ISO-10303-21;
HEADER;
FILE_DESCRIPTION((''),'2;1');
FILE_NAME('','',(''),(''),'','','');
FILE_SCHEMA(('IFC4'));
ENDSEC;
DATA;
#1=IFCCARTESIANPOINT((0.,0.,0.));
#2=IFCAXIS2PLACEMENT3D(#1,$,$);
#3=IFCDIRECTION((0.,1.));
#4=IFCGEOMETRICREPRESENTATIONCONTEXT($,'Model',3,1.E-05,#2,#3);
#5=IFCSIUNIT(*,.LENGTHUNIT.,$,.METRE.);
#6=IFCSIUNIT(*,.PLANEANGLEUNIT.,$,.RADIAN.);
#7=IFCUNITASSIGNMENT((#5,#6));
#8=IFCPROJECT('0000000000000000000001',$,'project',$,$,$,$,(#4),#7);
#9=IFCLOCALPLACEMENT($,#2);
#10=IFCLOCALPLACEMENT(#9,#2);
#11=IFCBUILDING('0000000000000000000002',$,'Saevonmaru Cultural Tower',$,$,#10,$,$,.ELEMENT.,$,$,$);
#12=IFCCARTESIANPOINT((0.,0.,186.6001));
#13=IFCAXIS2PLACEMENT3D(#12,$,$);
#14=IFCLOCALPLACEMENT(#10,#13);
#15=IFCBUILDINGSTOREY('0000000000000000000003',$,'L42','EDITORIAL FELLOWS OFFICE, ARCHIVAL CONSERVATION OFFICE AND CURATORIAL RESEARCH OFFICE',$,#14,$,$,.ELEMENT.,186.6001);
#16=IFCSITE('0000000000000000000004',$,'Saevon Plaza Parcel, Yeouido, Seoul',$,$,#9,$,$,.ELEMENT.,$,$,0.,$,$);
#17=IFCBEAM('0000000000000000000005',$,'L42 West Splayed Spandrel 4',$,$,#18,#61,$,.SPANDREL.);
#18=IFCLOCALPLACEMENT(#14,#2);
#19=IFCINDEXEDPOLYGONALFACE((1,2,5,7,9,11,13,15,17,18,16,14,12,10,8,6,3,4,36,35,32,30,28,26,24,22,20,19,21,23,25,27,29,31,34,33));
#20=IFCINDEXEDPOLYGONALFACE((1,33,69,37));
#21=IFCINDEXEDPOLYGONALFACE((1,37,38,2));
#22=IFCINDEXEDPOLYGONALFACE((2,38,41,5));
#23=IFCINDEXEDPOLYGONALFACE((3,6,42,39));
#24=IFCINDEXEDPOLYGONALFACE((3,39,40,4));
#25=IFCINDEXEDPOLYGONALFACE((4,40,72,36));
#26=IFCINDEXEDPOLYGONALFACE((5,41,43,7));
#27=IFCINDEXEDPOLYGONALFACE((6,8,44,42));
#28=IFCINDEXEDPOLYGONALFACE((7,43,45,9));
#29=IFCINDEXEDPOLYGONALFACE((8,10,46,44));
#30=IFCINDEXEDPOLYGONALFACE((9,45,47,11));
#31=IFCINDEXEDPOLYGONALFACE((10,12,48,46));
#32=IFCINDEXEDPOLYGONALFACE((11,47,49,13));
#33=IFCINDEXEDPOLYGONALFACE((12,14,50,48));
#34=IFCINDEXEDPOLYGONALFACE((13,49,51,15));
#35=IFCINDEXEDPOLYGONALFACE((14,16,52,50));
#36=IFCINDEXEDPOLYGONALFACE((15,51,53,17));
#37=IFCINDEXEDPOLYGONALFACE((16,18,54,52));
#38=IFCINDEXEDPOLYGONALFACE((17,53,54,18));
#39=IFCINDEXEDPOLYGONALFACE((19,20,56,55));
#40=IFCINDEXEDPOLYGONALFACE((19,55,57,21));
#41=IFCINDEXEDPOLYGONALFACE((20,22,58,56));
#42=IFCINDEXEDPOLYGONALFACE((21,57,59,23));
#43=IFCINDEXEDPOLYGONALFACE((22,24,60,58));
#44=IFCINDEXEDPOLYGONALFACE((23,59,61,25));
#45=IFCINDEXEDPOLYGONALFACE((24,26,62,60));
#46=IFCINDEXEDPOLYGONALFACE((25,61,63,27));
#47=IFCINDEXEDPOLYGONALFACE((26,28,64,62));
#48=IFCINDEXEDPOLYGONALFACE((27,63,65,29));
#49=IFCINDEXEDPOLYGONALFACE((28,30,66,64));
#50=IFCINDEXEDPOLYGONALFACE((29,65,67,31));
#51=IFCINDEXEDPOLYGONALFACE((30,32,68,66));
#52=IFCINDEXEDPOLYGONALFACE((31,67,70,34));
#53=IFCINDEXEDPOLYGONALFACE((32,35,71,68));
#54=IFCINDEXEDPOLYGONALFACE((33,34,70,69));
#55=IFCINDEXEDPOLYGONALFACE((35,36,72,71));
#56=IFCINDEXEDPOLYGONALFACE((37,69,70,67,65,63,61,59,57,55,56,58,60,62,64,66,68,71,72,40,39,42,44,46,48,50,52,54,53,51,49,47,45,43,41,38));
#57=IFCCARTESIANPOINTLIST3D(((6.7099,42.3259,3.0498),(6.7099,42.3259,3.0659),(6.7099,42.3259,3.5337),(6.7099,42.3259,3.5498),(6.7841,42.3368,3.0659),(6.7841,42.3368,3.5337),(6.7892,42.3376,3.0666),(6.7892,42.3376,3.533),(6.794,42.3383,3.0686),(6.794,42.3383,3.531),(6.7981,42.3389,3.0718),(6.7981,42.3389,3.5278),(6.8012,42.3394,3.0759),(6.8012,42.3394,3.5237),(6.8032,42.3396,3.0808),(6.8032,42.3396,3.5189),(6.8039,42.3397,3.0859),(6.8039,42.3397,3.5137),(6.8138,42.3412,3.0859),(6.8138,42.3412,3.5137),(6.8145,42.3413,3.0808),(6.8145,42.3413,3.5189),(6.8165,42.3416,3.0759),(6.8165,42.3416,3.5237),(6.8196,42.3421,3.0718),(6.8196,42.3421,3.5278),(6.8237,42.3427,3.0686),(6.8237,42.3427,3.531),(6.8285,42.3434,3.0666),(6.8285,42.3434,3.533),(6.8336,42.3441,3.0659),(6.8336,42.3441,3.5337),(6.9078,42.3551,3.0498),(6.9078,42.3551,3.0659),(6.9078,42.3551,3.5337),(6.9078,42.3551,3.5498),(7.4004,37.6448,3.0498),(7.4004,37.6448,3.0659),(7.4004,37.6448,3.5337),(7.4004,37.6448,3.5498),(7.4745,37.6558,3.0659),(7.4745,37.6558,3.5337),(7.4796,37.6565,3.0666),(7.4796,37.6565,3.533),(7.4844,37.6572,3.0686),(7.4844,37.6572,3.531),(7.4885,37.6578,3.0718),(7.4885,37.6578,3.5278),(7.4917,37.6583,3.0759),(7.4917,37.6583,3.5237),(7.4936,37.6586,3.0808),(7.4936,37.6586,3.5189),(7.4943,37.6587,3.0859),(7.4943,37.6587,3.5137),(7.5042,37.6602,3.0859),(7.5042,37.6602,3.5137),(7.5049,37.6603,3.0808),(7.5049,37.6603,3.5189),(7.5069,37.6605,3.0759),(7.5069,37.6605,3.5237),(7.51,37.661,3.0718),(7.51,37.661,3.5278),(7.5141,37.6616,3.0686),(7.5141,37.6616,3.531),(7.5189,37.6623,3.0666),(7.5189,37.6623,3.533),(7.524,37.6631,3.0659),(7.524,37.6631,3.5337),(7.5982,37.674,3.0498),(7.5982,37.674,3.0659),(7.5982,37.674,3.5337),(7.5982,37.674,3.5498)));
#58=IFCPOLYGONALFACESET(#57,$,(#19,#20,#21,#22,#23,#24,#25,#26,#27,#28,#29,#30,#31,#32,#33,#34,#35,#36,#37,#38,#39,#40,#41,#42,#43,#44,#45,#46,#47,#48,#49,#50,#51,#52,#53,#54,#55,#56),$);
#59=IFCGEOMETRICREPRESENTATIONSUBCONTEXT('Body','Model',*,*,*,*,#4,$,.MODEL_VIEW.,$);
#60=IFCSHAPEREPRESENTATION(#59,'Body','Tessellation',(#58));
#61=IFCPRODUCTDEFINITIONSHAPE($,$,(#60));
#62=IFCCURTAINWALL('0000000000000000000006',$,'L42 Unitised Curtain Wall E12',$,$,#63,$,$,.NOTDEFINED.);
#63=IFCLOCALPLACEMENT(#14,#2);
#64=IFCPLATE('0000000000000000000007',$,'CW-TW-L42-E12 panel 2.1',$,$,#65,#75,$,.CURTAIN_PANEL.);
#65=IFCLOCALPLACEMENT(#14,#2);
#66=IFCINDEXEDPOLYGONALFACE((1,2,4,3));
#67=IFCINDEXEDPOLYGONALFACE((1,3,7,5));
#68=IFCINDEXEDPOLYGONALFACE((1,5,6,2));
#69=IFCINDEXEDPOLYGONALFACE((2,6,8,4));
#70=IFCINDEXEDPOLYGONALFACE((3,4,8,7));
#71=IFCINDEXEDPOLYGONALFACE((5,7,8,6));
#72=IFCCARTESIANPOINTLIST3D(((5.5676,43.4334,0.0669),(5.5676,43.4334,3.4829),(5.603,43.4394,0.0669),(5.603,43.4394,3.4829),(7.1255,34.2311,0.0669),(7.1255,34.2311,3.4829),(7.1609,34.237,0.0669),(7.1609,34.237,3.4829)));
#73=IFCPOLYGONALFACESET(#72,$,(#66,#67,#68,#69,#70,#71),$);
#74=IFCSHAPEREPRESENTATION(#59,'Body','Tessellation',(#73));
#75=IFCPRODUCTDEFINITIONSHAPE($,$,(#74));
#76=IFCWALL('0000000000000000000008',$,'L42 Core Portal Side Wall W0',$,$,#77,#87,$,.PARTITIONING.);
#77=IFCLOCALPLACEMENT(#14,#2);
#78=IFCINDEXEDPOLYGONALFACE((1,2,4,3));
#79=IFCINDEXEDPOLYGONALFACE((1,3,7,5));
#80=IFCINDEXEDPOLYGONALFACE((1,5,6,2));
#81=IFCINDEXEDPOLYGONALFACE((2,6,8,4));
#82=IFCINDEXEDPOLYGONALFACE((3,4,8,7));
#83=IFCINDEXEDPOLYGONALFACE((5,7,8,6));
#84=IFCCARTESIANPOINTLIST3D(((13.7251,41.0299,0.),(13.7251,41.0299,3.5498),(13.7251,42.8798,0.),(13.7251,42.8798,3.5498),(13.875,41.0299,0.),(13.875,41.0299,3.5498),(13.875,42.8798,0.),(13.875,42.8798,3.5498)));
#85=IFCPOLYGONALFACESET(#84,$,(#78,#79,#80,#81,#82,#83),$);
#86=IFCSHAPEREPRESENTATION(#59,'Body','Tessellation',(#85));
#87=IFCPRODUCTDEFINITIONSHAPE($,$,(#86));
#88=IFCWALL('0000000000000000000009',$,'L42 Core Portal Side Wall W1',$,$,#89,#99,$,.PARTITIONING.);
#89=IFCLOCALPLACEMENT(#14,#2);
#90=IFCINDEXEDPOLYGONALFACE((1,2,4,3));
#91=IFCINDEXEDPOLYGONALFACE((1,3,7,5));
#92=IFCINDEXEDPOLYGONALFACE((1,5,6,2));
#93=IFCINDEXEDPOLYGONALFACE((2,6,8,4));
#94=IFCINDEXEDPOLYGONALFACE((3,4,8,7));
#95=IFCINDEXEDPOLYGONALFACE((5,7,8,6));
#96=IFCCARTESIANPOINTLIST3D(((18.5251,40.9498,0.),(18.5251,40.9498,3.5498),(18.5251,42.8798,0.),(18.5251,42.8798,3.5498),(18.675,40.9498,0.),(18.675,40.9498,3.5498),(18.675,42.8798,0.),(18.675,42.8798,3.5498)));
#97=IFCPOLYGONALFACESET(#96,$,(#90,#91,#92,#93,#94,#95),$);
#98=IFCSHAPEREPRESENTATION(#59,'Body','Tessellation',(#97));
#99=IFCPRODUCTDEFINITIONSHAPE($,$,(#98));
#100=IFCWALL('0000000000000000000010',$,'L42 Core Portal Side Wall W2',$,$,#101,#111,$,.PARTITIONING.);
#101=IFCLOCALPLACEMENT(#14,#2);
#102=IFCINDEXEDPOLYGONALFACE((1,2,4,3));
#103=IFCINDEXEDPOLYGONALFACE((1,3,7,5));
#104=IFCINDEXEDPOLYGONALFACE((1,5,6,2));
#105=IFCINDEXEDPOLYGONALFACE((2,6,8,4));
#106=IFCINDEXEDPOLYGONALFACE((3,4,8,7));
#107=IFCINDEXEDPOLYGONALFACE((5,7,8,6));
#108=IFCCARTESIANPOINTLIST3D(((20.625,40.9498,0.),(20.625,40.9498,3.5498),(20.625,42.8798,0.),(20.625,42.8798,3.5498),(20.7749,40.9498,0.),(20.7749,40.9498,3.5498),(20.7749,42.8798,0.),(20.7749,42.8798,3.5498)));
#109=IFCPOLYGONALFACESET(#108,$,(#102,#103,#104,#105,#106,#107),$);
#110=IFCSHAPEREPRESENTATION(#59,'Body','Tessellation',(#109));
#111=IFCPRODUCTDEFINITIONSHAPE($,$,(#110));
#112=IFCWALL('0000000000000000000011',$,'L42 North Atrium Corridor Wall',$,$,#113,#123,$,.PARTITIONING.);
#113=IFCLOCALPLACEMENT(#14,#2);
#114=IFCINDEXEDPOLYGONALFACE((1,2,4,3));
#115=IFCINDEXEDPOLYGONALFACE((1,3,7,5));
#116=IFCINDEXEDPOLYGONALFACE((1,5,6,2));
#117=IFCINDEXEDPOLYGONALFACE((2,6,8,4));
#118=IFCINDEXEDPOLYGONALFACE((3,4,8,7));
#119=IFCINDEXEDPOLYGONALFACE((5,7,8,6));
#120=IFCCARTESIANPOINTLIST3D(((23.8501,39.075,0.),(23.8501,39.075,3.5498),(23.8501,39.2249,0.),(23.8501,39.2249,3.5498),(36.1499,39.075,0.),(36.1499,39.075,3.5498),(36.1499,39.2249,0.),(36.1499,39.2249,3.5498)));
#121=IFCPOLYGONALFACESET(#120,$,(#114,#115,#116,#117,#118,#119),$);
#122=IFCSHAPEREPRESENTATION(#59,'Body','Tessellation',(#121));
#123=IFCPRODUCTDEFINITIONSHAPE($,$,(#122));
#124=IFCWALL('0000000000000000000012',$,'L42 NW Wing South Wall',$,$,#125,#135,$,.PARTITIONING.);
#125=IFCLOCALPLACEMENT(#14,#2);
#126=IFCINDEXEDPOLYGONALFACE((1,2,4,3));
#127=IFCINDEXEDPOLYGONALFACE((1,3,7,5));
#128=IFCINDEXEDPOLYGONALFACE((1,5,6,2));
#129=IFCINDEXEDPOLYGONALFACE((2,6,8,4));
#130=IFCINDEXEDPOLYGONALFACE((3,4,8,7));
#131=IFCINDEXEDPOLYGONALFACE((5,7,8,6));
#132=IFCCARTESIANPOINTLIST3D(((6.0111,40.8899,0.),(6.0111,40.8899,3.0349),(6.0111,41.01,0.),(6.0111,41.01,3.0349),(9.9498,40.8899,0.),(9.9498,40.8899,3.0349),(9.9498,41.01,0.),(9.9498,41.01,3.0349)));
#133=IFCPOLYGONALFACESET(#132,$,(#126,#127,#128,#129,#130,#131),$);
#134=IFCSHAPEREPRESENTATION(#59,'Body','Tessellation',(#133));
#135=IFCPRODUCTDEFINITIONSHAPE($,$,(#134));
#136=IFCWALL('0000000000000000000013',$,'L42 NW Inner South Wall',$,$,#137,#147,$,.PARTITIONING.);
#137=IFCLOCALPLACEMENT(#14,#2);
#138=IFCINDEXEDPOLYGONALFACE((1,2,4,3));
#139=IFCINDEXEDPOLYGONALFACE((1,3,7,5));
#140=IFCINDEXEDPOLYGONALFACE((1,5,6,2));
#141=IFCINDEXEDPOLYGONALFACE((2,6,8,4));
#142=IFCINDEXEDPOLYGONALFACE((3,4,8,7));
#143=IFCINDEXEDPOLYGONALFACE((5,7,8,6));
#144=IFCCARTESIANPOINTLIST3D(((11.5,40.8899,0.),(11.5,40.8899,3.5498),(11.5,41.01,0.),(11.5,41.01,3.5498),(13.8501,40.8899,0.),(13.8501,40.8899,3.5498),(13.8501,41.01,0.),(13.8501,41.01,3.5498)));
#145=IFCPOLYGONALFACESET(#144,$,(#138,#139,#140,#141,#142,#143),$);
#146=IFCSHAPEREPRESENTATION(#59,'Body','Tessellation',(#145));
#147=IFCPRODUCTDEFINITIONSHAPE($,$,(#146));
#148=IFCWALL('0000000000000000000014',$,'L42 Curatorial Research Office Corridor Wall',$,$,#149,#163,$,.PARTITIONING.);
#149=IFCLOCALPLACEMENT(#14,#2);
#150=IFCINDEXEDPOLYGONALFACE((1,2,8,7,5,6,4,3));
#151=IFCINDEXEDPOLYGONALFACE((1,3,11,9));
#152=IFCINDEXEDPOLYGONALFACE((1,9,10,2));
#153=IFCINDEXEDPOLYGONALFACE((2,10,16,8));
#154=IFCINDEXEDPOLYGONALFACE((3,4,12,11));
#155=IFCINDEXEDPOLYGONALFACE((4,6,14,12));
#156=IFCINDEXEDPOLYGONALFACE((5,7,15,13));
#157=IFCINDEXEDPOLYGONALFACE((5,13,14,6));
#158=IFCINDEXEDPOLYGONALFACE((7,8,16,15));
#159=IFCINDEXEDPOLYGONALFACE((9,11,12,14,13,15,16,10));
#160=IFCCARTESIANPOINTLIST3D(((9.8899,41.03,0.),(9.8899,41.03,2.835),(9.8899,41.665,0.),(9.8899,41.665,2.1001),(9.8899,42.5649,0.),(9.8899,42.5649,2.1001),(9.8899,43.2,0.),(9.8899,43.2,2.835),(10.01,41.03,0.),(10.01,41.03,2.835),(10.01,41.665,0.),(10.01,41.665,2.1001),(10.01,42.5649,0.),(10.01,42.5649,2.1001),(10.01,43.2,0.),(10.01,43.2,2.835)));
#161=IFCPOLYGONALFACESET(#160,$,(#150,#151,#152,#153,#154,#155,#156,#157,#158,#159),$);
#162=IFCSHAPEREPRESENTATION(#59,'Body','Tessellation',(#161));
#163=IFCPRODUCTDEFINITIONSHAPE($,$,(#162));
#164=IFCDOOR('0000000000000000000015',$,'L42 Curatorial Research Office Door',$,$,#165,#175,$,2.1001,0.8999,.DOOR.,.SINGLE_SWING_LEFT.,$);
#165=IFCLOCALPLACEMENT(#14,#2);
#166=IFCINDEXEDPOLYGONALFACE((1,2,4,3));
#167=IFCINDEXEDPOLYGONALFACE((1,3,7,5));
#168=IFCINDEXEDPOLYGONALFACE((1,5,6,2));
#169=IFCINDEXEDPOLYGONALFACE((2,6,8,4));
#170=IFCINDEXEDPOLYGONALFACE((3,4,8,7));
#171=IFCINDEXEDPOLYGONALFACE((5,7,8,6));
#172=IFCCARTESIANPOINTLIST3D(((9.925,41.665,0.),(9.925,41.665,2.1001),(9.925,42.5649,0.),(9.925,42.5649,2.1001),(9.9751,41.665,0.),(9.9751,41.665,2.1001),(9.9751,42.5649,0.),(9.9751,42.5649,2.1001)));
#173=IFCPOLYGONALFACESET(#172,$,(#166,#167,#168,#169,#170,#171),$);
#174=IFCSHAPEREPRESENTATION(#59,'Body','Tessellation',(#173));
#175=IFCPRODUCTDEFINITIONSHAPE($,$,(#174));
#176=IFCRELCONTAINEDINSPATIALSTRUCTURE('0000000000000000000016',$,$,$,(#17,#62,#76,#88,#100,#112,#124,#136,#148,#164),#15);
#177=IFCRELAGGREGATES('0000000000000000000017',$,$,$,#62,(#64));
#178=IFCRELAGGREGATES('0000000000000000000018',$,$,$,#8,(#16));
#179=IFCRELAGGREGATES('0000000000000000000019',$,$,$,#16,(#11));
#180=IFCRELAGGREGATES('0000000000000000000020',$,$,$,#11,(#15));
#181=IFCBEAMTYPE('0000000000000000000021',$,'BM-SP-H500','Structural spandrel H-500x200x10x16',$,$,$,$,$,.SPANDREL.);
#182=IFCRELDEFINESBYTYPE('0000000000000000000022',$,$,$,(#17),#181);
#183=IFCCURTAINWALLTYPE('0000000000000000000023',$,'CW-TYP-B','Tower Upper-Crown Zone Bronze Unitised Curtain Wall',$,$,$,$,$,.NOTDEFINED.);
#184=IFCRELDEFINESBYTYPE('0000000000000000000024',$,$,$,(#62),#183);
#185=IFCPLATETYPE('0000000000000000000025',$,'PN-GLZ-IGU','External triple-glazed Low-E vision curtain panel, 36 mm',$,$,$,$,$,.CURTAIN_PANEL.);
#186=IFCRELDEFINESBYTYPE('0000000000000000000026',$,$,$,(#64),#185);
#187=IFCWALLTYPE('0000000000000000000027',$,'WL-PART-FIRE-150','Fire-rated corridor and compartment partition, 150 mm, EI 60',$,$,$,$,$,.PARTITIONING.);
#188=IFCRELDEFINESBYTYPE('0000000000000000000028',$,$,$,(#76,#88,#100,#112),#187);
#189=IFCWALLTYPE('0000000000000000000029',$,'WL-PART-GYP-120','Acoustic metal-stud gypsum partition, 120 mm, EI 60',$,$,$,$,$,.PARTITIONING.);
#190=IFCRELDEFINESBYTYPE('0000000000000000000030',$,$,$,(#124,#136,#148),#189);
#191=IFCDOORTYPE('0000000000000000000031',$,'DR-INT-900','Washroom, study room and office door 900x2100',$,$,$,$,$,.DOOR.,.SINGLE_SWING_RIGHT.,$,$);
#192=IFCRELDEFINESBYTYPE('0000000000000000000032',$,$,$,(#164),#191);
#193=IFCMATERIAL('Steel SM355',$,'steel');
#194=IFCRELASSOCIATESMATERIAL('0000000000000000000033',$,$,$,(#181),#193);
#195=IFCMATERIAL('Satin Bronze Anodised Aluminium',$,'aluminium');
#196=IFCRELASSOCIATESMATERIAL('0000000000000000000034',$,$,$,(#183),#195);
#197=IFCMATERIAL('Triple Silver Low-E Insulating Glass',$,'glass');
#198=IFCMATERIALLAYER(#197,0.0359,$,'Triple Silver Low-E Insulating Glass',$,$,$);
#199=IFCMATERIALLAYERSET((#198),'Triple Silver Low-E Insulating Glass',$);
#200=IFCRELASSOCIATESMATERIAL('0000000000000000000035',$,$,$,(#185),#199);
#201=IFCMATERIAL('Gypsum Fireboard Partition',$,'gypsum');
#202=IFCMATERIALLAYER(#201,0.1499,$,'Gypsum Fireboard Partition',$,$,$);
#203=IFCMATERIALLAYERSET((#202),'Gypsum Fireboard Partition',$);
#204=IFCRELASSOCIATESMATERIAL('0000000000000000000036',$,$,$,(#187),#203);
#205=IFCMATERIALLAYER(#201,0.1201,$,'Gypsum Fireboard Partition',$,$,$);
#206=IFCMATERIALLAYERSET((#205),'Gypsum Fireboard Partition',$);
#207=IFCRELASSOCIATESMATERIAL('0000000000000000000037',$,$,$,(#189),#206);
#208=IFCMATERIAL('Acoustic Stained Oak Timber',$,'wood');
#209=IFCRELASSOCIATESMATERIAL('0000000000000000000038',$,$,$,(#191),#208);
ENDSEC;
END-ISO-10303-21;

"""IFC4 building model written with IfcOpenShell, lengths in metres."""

from ifc_helpers import new_model, si_unit, direction, frame, frame_2d, origin, origin_2d, place, context, subcontext, project, spatial, rectangle, i_section, extrude, material, layer, layer_set, material_profile, profile_set, type_object, element, fill, aggregate, save


model = new_model("IFC4")

# Units and contexts
model_context = context("Model", 3, precision=1e-05, world=origin(), true_north=direction((0.0, 1.0)))
body_context = subcontext(model_context, "Body", "Model", "MODEL_VIEW")
ifc_project = project(units=[si_unit("LENGTHUNIT", "METRE"), si_unit("PLANEANGLEUNIT", "RADIAN")], contexts=[model_context])

# Site, building, storey
site_placement = place(None, origin())
site = spatial("IfcSite", under=ifc_project, at=site_placement, Name="Saevon Plaza Parcel, Yeouido, Seoul", CompositionType="ELEMENT", RefElevation=0.0)
building_placement = place(site_placement, origin())
building = spatial("IfcBuilding", under=site, at=building_placement, Name="Saevonmaru Cultural Tower", CompositionType="ELEMENT")
storey_placement = place(building_placement, frame((0.0, 0.0, 186.6001)))
storey = spatial("IfcBuildingStorey", under=building, at=storey_placement, Name="L42", Description="EDITORIAL FELLOWS OFFICE, ARCHIVAL CONSERVATION OFFICE AND CURATORIAL RESEARCH OFFICE", CompositionType="ELEMENT", Elevation=186.6001)

# Shared definitions
ifc_material_1 = material(Name="Steel SM355", Category="steel")

# Beam
ifc_material_profile_1 = material_profile(ifc_material_1, i_section(OverallWidth=0.2, OverallDepth=0.5, WebThickness=0.01, FlangeThickness=0.0161, FilletRadius=0.02, at=origin_2d()), Name="H-500x200x10x16")
ifc_profile_set_1 = profile_set([ifc_material_profile_1], Name="Steel SM355")
beam_type_1 = type_object("IfcBeamType", Name="BM-SP-H500", Description="Structural spandrel H-500x200x10x16", PredefinedType="SPANDREL", material=ifc_profile_set_1)
beam_1_placement = place(storey_placement, frame((7.4993, 37.6594, 3.2998), z_axis=(-0.145913, 0.989297, 0.0), x_axis=(-0.989297, -0.145913, 0.0)))
element("IfcBeam", 1, at=beam_1_placement, inside=storey, type_object=beam_type_1, Name="L42 West Splayed Spandrel 4", PredefinedType="SPANDREL", context=body_context, shape_type="SweptSolid", body=[
    extrude(i_section(OverallWidth=0.2, OverallDepth=0.5, WebThickness=0.01, FlangeThickness=0.0161, FilletRadius=0.02, at=origin_2d()), origin(), (0.0, 0.0, 1.0), 4.7317),
])

# Curtain wall, plate
ifc_material_2 = material(Name="Satin Bronze Anodised Aluminium", Category="aluminium")
curtain_wall_type = type_object("IfcCurtainWallType", Name="CW-TYP-B", Description="Tower Upper-Crown Zone Bronze Unitised Curtain Wall", PredefinedType="NOTDEFINED", material=ifc_material_2)
curtain_wall_placement = place(storey_placement, origin())
curtain_wall = element("IfcCurtainWall", 2, at=curtain_wall_placement, inside=storey, type_object=curtain_wall_type, Name="L42 Unitised Curtain Wall E12", PredefinedType="NOTDEFINED")
ifc_material_3 = material(Name="Triple Silver Low-E Insulating Glass", Category="glass")
ifc_layer_1 = layer(ifc_material_3, 0.0359, Name="Triple Silver Low-E Insulating Glass")
ifc_layer_set_1 = layer_set([ifc_layer_1], Name="Triple Silver Low-E Insulating Glass")
plate_type = type_object("IfcPlateType", Name="PN-GLZ-IGU", Description="External triple-glazed Low-E vision curtain panel, 36 mm", PredefinedType="CURTAIN_PANEL", material=ifc_layer_set_1)
plate_placement = place(storey_placement, frame((6.3643, 38.8352, 0.0669), z_axis=(0.0, 0.0, 1.0), x_axis=(0.166922, -0.98597, 0.0)))
plate = element("IfcPlate", 3, at=plate_placement, type_object=plate_type, Name="CW-TW-L42-E12 panel 2.1", PredefinedType="CURTAIN_PANEL", context=body_context, shape_type="SweptSolid", body=[
    extrude(rectangle(XDim=9.3333, YDim=0.0359, at=origin_2d()), origin(), (0.0, 0.0, 1.0), 3.416),
])
aggregate(curtain_wall, [plate])

# Walls
ifc_material_4 = material(Name="Gypsum Fireboard Partition", Category="gypsum")
ifc_layer_2 = layer(ifc_material_4, 0.1499, Name="Gypsum Fireboard Partition")
ifc_layer_set_2 = layer_set([ifc_layer_2], Name="Gypsum Fireboard Partition")
wall_type_1 = type_object("IfcWallType", Name="WL-PART-FIRE-150", Description="Fire-rated corridor and compartment partition, 150 mm, EI 60", PredefinedType="PARTITIONING", material=ifc_layer_set_2)
wall_1_placement = place(storey_placement, frame((13.8, 41.03, 0.0), z_axis=(0.0, 0.0, 1.0), x_axis=(0.0, 1.0, 0.0)))
element("IfcWall", 4, at=wall_1_placement, inside=storey, type_object=wall_type_1, Name="L42 Core Portal Side Wall W0", PredefinedType="PARTITIONING", context=body_context, shape_type="SweptSolid", body=[
    extrude(rectangle(XDim=1.8499, YDim=0.1499, at=frame_2d((0.9248, 0.0))), origin(), (0.0, 0.0, 1.0), 3.5498),
])
for number, where, z_axis, x_axis, name in (
    (5, (18.6001, 40.95, 0.0), (0.0, 0.0, 1.0), (0.0, 1.0, 0.0), "L42 Core Portal Side Wall W1"),
    (6, (20.7, 40.95, 0.0), (0.0, 0.0, 1.0), (0.0, 1.0, 0.0), "L42 Core Portal Side Wall W2"),
):
    element("IfcWall", number, at=place(storey_placement, frame(where, z_axis=z_axis, x_axis=x_axis)), inside=storey, type_object=wall_type_1, Name=name, PredefinedType="PARTITIONING", context=body_context, shape_type="SweptSolid", body=[
        extrude(rectangle(XDim=1.9299, YDim=0.1499, at=frame_2d((0.9648, 0.0))), origin(), (0.0, 0.0, 1.0), 3.5498),
    ])
wall_2_placement = place(storey_placement, frame((23.8501, 39.1499, 0.0), z_axis=(0.0, 0.0, 1.0), x_axis=(1.0, 0.0, 0.0)))
element("IfcWall", 7, at=wall_2_placement, inside=storey, type_object=wall_type_1, Name="L42 North Atrium Corridor Wall", PredefinedType="PARTITIONING", context=body_context, shape_type="SweptSolid", body=[
    extrude(rectangle(XDim=12.2998, YDim=0.1499, at=frame_2d((6.1499, 0.0))), origin(), (0.0, 0.0, 1.0), 3.5498),
])
ifc_layer_3 = layer(ifc_material_4, 0.1201, Name="Gypsum Fireboard Partition")
ifc_layer_set_3 = layer_set([ifc_layer_3], Name="Gypsum Fireboard Partition")
wall_type_2 = type_object("IfcWallType", Name="WL-PART-GYP-120", Description="Acoustic metal-stud gypsum partition, 120 mm, EI 60", PredefinedType="PARTITIONING", material=ifc_layer_set_3)
wall_3_placement = place(storey_placement, frame((6.0112, 40.95, 0.0), z_axis=(0.0, 0.0, 1.0), x_axis=(1.0, 0.0, 0.0)))
element("IfcWall", 8, at=wall_3_placement, inside=storey, type_object=wall_type_2, Name="L42 NW Wing South Wall", PredefinedType="PARTITIONING", context=body_context, shape_type="SweptSolid", body=[
    extrude(rectangle(XDim=3.9387, YDim=0.1201, at=frame_2d((1.9692, 0.0))), origin(), (0.0, 0.0, 1.0), 3.0349),
])
wall_4_placement = place(storey_placement, frame((11.5, 40.95, 0.0), z_axis=(0.0, 0.0, 1.0), x_axis=(1.0, 0.0, 0.0)))
element("IfcWall", 9, at=wall_4_placement, inside=storey, type_object=wall_type_2, Name="L42 NW Inner South Wall", PredefinedType="PARTITIONING", context=body_context, shape_type="SweptSolid", body=[
    extrude(rectangle(XDim=2.3501, YDim=0.1201, at=frame_2d((1.175, 0.0))), origin(), (0.0, 0.0, 1.0), 3.5498),
])

# Wall, opening, door
wall_5_placement = place(storey_placement, frame((9.95, 41.03, 0.0), z_axis=(0.0, 0.0, 1.0), x_axis=(0.0, 1.0, 0.0)))
wall_5 = element("IfcWall", 10, at=wall_5_placement, inside=storey, type_object=wall_type_2, Name="L42 Curatorial Research Office Corridor Wall", PredefinedType="PARTITIONING", context=body_context, shape_type="SweptSolid", body=[
    extrude(rectangle(XDim=2.1699, YDim=0.1201, at=frame_2d((1.085, 0.0))), origin(), (0.0, 0.0, 1.0), 2.835),
])
opening_1_placement = place(wall_5_placement, frame((0.635, 0.0, 0.0)))
opening_1 = element("IfcOpeningElement", 11, at=opening_1_placement, cuts=wall_5, PredefinedType="OPENING", context=body_context, shape_type="SweptSolid", body=[
    extrude(rectangle(XDim=0.8999, YDim=2.1001, at=frame_2d((0.45, 1.05))), frame((0.0, 0.0701, 0.0), z_axis=(0.0, -1.0, 0.0), x_axis=(1.0, 0.0, 0.0)), (0.0, 0.0, 1.0), 0.1401),
])
ifc_material_5 = material(Name="Acoustic Stained Oak Timber", Category="wood")
door_type = type_object("IfcDoorType", Name="DR-INT-900", Description="Washroom, study room and office door 900x2100", OperationType="SINGLE_SWING_RIGHT", PredefinedType="DOOR", material=ifc_material_5)
door_1_placement = place(opening_1_placement, origin())
door_1 = element("IfcDoor", 12, at=door_1_placement, inside=storey, type_object=door_type, Name="L42 Curatorial Research Office Door", OperationType="SINGLE_SWING_LEFT", OverallHeight=2.1001, OverallWidth=0.8999, PredefinedType="DOOR", context=body_context, shape_type="SweptSolid", body=[
    extrude(rectangle(XDim=0.8999, YDim=2.1001, at=frame_2d((0.45, 1.05))), frame((0.0, 0.0249, 0.0), z_axis=(0.0, -1.0, 0.0), x_axis=(1.0, 0.0, 0.0)), (0.0, 0.0, 1.0), 0.05),
])
fill(opening_1, door_1)

save(model, "model.ifc")
